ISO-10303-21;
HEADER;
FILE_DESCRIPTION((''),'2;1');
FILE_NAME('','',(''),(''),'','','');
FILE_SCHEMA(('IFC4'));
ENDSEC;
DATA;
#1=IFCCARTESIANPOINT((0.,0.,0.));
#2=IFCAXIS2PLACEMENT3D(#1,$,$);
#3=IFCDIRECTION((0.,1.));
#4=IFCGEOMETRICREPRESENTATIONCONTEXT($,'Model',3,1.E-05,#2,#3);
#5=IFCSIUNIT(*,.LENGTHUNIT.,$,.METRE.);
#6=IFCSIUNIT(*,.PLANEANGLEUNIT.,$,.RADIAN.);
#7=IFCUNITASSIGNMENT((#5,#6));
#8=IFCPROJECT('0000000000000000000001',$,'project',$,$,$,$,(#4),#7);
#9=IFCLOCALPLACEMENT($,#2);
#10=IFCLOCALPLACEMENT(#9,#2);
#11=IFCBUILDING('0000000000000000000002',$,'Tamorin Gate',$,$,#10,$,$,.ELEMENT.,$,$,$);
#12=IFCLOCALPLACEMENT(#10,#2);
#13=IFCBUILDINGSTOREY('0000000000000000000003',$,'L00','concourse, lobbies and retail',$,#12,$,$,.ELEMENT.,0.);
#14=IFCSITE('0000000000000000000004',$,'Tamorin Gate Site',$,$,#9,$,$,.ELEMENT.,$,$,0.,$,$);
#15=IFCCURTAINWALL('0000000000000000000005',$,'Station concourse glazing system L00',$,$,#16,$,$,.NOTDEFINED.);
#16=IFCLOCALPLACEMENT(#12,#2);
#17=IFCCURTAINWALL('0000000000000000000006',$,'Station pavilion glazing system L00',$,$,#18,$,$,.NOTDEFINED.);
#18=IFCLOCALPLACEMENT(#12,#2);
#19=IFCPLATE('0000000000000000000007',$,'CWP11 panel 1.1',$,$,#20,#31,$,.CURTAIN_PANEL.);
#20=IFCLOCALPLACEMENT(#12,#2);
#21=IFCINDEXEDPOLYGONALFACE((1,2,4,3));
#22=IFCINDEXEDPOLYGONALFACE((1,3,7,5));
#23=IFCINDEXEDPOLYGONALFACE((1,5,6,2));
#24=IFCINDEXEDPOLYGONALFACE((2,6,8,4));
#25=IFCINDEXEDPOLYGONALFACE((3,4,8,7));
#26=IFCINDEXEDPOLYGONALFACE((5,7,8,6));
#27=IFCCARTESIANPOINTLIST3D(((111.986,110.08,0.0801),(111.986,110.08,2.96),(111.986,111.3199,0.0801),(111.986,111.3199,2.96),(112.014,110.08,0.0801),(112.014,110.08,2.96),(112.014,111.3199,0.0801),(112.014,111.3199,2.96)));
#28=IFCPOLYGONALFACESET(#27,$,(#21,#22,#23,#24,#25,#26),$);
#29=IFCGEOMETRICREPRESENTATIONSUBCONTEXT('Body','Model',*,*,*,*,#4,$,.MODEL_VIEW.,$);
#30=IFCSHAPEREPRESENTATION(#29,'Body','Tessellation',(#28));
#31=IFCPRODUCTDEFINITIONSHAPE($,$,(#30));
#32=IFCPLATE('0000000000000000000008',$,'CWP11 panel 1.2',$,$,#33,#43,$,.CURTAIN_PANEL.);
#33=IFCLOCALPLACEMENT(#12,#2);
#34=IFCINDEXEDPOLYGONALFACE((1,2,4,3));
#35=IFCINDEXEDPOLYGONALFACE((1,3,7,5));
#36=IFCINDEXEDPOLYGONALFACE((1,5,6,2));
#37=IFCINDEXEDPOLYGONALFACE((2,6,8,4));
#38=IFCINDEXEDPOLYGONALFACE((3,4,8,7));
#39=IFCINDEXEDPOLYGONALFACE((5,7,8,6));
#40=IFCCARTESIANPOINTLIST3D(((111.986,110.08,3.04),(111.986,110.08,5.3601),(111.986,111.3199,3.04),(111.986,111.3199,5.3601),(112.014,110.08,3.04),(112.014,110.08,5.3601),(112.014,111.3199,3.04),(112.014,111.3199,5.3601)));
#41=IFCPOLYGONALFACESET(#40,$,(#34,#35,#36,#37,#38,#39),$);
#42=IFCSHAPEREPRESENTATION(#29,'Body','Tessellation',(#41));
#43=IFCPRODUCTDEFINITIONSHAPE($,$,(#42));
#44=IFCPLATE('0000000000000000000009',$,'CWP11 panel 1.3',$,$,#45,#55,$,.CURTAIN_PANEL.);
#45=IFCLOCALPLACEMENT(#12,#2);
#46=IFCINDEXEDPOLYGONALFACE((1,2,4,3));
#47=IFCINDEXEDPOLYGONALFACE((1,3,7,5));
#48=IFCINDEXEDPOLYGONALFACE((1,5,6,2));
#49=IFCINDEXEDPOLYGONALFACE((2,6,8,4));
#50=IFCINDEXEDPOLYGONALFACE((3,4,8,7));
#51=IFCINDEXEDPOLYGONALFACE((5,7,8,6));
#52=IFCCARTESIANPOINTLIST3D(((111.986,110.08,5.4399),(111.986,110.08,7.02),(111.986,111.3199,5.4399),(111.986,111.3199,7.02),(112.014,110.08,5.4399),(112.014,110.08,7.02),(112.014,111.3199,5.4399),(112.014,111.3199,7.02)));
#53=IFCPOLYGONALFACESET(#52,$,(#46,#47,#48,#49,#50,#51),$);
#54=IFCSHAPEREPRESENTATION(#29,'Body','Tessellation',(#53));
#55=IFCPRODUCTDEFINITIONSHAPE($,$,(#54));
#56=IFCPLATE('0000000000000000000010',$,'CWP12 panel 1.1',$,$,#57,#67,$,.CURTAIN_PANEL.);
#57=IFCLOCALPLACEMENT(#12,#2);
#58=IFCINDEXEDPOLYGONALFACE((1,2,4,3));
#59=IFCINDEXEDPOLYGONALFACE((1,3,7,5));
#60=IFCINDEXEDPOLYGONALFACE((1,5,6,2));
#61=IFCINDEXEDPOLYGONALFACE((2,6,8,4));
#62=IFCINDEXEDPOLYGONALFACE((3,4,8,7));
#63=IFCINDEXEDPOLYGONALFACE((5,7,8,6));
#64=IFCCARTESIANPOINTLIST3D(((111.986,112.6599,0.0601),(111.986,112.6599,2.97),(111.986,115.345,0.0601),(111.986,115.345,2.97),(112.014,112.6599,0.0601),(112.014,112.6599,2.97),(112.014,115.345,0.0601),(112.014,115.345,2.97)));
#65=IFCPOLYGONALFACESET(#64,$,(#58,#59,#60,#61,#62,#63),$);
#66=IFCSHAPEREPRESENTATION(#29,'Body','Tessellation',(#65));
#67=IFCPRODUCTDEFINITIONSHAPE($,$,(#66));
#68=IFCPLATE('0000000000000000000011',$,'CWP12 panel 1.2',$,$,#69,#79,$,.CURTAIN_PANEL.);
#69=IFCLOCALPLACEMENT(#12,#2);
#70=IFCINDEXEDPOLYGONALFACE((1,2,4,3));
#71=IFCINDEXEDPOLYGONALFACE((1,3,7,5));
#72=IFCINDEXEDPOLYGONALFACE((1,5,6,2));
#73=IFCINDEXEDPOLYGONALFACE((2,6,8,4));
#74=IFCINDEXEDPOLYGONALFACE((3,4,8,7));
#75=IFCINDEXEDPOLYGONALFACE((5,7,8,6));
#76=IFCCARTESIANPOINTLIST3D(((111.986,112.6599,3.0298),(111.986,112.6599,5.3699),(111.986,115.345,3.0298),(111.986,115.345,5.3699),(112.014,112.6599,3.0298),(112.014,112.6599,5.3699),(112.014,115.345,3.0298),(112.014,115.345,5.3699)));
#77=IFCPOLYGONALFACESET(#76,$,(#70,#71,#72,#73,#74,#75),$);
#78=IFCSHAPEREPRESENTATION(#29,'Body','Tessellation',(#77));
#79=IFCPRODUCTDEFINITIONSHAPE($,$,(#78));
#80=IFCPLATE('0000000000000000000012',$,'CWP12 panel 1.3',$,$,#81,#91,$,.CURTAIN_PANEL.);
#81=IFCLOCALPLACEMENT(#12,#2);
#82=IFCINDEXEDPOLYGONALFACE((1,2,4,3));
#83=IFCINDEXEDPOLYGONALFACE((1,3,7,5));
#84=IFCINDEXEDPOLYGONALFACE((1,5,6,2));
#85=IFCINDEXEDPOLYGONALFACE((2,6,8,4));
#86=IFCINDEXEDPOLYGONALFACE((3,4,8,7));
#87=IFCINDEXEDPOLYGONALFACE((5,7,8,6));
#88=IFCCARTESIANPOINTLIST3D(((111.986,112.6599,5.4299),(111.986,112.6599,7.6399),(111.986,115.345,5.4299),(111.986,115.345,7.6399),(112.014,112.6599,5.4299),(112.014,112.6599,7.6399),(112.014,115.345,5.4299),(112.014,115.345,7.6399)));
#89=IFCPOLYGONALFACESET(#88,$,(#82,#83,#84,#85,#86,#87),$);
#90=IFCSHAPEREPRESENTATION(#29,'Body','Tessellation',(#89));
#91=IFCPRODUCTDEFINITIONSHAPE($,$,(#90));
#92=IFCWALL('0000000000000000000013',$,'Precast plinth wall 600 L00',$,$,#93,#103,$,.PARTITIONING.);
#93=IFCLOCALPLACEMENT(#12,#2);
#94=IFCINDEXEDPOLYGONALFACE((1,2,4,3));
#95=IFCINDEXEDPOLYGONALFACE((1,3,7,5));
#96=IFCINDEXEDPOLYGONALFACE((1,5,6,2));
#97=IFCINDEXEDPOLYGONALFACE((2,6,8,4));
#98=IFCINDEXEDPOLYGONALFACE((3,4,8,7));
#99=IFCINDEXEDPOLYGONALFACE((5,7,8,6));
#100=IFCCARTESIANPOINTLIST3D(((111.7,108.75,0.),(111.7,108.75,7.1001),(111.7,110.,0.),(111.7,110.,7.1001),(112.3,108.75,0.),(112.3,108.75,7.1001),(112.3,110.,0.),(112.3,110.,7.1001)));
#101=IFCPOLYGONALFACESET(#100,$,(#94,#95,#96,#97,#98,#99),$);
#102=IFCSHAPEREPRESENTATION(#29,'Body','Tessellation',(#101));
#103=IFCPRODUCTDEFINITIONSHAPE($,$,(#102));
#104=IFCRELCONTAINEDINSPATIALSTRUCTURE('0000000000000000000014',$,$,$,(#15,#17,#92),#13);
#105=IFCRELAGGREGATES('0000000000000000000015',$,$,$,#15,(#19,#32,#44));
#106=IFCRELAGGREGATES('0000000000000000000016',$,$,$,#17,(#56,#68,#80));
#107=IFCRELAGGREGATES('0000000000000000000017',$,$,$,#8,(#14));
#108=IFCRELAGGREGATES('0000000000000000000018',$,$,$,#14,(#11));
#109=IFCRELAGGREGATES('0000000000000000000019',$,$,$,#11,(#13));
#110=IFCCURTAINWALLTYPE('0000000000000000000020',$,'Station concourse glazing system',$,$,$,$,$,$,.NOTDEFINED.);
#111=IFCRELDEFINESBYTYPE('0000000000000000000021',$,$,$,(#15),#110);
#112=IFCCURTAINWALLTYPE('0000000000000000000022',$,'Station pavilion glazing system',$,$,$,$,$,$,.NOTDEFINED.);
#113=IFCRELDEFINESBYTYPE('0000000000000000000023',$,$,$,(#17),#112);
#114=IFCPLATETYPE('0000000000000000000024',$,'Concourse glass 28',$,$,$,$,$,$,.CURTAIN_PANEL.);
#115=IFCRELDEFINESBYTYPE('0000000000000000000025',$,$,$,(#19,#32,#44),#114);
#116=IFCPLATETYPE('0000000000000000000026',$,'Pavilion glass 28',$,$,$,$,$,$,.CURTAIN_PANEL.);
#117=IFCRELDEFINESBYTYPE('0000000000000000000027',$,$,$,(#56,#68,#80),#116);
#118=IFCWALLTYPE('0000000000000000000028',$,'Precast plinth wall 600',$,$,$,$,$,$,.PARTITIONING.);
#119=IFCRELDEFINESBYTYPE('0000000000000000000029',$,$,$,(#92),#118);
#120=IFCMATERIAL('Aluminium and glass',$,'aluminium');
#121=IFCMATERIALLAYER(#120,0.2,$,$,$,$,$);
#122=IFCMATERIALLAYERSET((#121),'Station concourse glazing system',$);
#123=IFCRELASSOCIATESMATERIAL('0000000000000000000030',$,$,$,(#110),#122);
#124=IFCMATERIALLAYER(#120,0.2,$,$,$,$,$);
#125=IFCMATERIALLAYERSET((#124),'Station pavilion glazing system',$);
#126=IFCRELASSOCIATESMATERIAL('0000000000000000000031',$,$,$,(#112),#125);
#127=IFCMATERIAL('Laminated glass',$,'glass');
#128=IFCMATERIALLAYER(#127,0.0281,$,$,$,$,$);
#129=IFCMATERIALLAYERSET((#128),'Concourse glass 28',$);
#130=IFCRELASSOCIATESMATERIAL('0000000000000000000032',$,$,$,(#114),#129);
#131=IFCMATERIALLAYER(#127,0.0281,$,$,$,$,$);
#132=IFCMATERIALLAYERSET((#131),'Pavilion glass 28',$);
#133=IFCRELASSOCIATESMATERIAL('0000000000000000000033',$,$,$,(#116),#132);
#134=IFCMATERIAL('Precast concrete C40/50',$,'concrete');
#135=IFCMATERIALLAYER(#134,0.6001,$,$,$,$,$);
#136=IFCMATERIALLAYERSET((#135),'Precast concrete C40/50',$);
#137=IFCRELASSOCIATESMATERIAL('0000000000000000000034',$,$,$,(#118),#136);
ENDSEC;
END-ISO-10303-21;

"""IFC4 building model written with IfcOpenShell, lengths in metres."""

from ifc_helpers import new_model, si_unit, direction, frame, frame_2d, origin, origin_2d, place, context, subcontext, project, spatial, rectangle, extrude, material, layer, layer_set, type_object, element, aggregate, save


model = new_model("IFC4")

# Units and contexts
model_context = context("Model", 3, precision=1e-05, world=origin(), true_north=direction((0.0, 1.0)))
body_context = subcontext(model_context, "Body", "Model", "MODEL_VIEW")
ifc_project = project(units=[si_unit("LENGTHUNIT", "METRE"), si_unit("PLANEANGLEUNIT", "RADIAN")], contexts=[model_context])

# Site, building, storey
site_placement = place(None, origin())
site = spatial("IfcSite", under=ifc_project, at=site_placement, Name="Tamorin Gate Site", CompositionType="ELEMENT", RefElevation=0.0)
building_placement = place(site_placement, origin())
building = spatial("IfcBuilding", under=site, at=building_placement, Name="Tamorin Gate", CompositionType="ELEMENT")
storey_placement = place(building_placement, origin())
storey = spatial("IfcBuildingStorey", under=building, at=storey_placement, Name="L00", Description="concourse, lobbies and retail", CompositionType="ELEMENT", Elevation=0.0)

# Curtain walls
ifc_material_1 = material(Name="Aluminium and glass", Category="aluminium")
ifc_layer_1 = layer(ifc_material_1, 0.2)
ifc_layer_set_1 = layer_set([ifc_layer_1], Name="Station concourse glazing system")
curtain_wall_type_1 = type_object("IfcCurtainWallType", Name="Station concourse glazing system", PredefinedType="NOTDEFINED", material=ifc_layer_set_1)
curtain_wall_1_placement = place(storey_placement, origin())
curtain_wall_1 = element("IfcCurtainWall", 1, at=curtain_wall_1_placement, inside=storey, type_object=curtain_wall_type_1, Name="Station concourse glazing system L00", PredefinedType="NOTDEFINED")
ifc_layer_2 = layer(ifc_material_1, 0.2)
ifc_layer_set_2 = layer_set([ifc_layer_2], Name="Station pavilion glazing system")
curtain_wall_type_2 = type_object("IfcCurtainWallType", Name="Station pavilion glazing system", PredefinedType="NOTDEFINED", material=ifc_layer_set_2)
curtain_wall_2_placement = place(storey_placement, origin())
curtain_wall_2 = element("IfcCurtainWall", 2, at=curtain_wall_2_placement, inside=storey, type_object=curtain_wall_type_2, Name="Station pavilion glazing system L00", PredefinedType="NOTDEFINED")

# Plates
ifc_material_2 = material(Name="Laminated glass", Category="glass")
ifc_layer_3 = layer(ifc_material_2, 0.0281)
ifc_layer_set_3 = layer_set([ifc_layer_3], Name="Concourse glass 28")
plate_type_1 = type_object("IfcPlateType", Name="Concourse glass 28", PredefinedType="CURTAIN_PANEL", material=ifc_layer_set_3)
plate_1_placement = place(storey_placement, frame((112.0, 110.7, 0.0801), z_axis=(0.0, 0.0, 1.0), x_axis=(0.0, 1.0, 0.0)))
plate_1 = element("IfcPlate", 3, at=plate_1_placement, type_object=plate_type_1, Name="CWP11 panel 1.1", PredefinedType="CURTAIN_PANEL", context=body_context, shape_type="SweptSolid", body=[
    extrude(rectangle(XDim=1.24, YDim=0.0281, at=origin_2d()), origin(), (0.0, 0.0, 1.0), 2.8799),
])
plate_2_placement = place(storey_placement, frame((112.0, 110.7, 3.04), z_axis=(0.0, 0.0, 1.0), x_axis=(0.0, 1.0, 0.0)))
plate_2 = element("IfcPlate", 4, at=plate_2_placement, type_object=plate_type_1, Name="CWP11 panel 1.2", PredefinedType="CURTAIN_PANEL", context=body_context, shape_type="SweptSolid", body=[
    extrude(rectangle(XDim=1.24, YDim=0.0281, at=origin_2d()), origin(), (0.0, 0.0, 1.0), 2.3201),
])
plate_3_placement = place(storey_placement, frame((112.0, 110.7, 5.4399), z_axis=(0.0, 0.0, 1.0), x_axis=(0.0, 1.0, 0.0)))
plate_3 = element("IfcPlate", 5, at=plate_3_placement, type_object=plate_type_1, Name="CWP11 panel 1.3", PredefinedType="CURTAIN_PANEL", context=body_context, shape_type="SweptSolid", body=[
    extrude(rectangle(XDim=1.24, YDim=0.0281, at=origin_2d()), origin(), (0.0, 0.0, 1.0), 1.5801),
])
aggregate(curtain_wall_1, [plate_1, plate_2, plate_3])
ifc_layer_4 = layer(ifc_material_2, 0.0281)
ifc_layer_set_4 = layer_set([ifc_layer_4], Name="Pavilion glass 28")
plate_type_2 = type_object("IfcPlateType", Name="Pavilion glass 28", PredefinedType="CURTAIN_PANEL", material=ifc_layer_set_4)
plate_4_placement = place(storey_placement, frame((112.0, 114.0024, 0.0601), z_axis=(0.0, 0.0, 1.0), x_axis=(0.0, 1.0, 0.0)))
plate_4 = element("IfcPlate", 6, at=plate_4_placement, type_object=plate_type_2, Name="CWP12 panel 1.1", PredefinedType="CURTAIN_PANEL", context=body_context, shape_type="SweptSolid", body=[
    extrude(rectangle(XDim=2.6851, YDim=0.0281, at=origin_2d()), origin(), (0.0, 0.0, 1.0), 2.9099),
])
plate_5_placement = place(storey_placement, frame((112.0, 114.0024, 3.0298), z_axis=(0.0, 0.0, 1.0), x_axis=(0.0, 1.0, 0.0)))
plate_5 = element("IfcPlate", 7, at=plate_5_placement, type_object=plate_type_2, Name="CWP12 panel 1.2", PredefinedType="CURTAIN_PANEL", context=body_context, shape_type="SweptSolid", body=[
    extrude(rectangle(XDim=2.6851, YDim=0.0281, at=origin_2d()), origin(), (0.0, 0.0, 1.0), 2.3401),
])
plate_6_placement = place(storey_placement, frame((112.0, 114.0024, 5.4299), z_axis=(0.0, 0.0, 1.0), x_axis=(0.0, 1.0, 0.0)))
plate_6 = element("IfcPlate", 8, at=plate_6_placement, type_object=plate_type_2, Name="CWP12 panel 1.3", PredefinedType="CURTAIN_PANEL", context=body_context, shape_type="SweptSolid", body=[
    extrude(rectangle(XDim=2.6851, YDim=0.0281, at=origin_2d()), origin(), (0.0, 0.0, 1.0), 2.21),
])
aggregate(curtain_wall_2, [plate_4, plate_5, plate_6])

# Shared definitions
ifc_material_3 = material(Name="Precast concrete C40/50", Category="concrete")
ifc_layer_5 = layer(ifc_material_3, 0.6001)
ifc_layer_set_5 = layer_set([ifc_layer_5], Name="Precast concrete C40/50")
wall_type = type_object("IfcWallType", Name="Precast plinth wall 600", PredefinedType="PARTITIONING", material=ifc_layer_set_5)

# Wall
wall_1_placement = place(storey_placement, frame((112.0, 108.75, 0.0), z_axis=(0.0, 0.0, 1.0), x_axis=(0.0, 1.0, 0.0)))
element("IfcWall", 9, at=wall_1_placement, inside=storey, type_object=wall_type, Name="Precast plinth wall 600 L00", PredefinedType="PARTITIONING", context=body_context, shape_type="SweptSolid", body=[
    extrude(rectangle(XDim=1.25, YDim=0.6001, at=frame_2d((0.625, 0.0))), origin(), (0.0, 0.0, 1.0), 7.1001),
])

save(model, "model.ifc")
